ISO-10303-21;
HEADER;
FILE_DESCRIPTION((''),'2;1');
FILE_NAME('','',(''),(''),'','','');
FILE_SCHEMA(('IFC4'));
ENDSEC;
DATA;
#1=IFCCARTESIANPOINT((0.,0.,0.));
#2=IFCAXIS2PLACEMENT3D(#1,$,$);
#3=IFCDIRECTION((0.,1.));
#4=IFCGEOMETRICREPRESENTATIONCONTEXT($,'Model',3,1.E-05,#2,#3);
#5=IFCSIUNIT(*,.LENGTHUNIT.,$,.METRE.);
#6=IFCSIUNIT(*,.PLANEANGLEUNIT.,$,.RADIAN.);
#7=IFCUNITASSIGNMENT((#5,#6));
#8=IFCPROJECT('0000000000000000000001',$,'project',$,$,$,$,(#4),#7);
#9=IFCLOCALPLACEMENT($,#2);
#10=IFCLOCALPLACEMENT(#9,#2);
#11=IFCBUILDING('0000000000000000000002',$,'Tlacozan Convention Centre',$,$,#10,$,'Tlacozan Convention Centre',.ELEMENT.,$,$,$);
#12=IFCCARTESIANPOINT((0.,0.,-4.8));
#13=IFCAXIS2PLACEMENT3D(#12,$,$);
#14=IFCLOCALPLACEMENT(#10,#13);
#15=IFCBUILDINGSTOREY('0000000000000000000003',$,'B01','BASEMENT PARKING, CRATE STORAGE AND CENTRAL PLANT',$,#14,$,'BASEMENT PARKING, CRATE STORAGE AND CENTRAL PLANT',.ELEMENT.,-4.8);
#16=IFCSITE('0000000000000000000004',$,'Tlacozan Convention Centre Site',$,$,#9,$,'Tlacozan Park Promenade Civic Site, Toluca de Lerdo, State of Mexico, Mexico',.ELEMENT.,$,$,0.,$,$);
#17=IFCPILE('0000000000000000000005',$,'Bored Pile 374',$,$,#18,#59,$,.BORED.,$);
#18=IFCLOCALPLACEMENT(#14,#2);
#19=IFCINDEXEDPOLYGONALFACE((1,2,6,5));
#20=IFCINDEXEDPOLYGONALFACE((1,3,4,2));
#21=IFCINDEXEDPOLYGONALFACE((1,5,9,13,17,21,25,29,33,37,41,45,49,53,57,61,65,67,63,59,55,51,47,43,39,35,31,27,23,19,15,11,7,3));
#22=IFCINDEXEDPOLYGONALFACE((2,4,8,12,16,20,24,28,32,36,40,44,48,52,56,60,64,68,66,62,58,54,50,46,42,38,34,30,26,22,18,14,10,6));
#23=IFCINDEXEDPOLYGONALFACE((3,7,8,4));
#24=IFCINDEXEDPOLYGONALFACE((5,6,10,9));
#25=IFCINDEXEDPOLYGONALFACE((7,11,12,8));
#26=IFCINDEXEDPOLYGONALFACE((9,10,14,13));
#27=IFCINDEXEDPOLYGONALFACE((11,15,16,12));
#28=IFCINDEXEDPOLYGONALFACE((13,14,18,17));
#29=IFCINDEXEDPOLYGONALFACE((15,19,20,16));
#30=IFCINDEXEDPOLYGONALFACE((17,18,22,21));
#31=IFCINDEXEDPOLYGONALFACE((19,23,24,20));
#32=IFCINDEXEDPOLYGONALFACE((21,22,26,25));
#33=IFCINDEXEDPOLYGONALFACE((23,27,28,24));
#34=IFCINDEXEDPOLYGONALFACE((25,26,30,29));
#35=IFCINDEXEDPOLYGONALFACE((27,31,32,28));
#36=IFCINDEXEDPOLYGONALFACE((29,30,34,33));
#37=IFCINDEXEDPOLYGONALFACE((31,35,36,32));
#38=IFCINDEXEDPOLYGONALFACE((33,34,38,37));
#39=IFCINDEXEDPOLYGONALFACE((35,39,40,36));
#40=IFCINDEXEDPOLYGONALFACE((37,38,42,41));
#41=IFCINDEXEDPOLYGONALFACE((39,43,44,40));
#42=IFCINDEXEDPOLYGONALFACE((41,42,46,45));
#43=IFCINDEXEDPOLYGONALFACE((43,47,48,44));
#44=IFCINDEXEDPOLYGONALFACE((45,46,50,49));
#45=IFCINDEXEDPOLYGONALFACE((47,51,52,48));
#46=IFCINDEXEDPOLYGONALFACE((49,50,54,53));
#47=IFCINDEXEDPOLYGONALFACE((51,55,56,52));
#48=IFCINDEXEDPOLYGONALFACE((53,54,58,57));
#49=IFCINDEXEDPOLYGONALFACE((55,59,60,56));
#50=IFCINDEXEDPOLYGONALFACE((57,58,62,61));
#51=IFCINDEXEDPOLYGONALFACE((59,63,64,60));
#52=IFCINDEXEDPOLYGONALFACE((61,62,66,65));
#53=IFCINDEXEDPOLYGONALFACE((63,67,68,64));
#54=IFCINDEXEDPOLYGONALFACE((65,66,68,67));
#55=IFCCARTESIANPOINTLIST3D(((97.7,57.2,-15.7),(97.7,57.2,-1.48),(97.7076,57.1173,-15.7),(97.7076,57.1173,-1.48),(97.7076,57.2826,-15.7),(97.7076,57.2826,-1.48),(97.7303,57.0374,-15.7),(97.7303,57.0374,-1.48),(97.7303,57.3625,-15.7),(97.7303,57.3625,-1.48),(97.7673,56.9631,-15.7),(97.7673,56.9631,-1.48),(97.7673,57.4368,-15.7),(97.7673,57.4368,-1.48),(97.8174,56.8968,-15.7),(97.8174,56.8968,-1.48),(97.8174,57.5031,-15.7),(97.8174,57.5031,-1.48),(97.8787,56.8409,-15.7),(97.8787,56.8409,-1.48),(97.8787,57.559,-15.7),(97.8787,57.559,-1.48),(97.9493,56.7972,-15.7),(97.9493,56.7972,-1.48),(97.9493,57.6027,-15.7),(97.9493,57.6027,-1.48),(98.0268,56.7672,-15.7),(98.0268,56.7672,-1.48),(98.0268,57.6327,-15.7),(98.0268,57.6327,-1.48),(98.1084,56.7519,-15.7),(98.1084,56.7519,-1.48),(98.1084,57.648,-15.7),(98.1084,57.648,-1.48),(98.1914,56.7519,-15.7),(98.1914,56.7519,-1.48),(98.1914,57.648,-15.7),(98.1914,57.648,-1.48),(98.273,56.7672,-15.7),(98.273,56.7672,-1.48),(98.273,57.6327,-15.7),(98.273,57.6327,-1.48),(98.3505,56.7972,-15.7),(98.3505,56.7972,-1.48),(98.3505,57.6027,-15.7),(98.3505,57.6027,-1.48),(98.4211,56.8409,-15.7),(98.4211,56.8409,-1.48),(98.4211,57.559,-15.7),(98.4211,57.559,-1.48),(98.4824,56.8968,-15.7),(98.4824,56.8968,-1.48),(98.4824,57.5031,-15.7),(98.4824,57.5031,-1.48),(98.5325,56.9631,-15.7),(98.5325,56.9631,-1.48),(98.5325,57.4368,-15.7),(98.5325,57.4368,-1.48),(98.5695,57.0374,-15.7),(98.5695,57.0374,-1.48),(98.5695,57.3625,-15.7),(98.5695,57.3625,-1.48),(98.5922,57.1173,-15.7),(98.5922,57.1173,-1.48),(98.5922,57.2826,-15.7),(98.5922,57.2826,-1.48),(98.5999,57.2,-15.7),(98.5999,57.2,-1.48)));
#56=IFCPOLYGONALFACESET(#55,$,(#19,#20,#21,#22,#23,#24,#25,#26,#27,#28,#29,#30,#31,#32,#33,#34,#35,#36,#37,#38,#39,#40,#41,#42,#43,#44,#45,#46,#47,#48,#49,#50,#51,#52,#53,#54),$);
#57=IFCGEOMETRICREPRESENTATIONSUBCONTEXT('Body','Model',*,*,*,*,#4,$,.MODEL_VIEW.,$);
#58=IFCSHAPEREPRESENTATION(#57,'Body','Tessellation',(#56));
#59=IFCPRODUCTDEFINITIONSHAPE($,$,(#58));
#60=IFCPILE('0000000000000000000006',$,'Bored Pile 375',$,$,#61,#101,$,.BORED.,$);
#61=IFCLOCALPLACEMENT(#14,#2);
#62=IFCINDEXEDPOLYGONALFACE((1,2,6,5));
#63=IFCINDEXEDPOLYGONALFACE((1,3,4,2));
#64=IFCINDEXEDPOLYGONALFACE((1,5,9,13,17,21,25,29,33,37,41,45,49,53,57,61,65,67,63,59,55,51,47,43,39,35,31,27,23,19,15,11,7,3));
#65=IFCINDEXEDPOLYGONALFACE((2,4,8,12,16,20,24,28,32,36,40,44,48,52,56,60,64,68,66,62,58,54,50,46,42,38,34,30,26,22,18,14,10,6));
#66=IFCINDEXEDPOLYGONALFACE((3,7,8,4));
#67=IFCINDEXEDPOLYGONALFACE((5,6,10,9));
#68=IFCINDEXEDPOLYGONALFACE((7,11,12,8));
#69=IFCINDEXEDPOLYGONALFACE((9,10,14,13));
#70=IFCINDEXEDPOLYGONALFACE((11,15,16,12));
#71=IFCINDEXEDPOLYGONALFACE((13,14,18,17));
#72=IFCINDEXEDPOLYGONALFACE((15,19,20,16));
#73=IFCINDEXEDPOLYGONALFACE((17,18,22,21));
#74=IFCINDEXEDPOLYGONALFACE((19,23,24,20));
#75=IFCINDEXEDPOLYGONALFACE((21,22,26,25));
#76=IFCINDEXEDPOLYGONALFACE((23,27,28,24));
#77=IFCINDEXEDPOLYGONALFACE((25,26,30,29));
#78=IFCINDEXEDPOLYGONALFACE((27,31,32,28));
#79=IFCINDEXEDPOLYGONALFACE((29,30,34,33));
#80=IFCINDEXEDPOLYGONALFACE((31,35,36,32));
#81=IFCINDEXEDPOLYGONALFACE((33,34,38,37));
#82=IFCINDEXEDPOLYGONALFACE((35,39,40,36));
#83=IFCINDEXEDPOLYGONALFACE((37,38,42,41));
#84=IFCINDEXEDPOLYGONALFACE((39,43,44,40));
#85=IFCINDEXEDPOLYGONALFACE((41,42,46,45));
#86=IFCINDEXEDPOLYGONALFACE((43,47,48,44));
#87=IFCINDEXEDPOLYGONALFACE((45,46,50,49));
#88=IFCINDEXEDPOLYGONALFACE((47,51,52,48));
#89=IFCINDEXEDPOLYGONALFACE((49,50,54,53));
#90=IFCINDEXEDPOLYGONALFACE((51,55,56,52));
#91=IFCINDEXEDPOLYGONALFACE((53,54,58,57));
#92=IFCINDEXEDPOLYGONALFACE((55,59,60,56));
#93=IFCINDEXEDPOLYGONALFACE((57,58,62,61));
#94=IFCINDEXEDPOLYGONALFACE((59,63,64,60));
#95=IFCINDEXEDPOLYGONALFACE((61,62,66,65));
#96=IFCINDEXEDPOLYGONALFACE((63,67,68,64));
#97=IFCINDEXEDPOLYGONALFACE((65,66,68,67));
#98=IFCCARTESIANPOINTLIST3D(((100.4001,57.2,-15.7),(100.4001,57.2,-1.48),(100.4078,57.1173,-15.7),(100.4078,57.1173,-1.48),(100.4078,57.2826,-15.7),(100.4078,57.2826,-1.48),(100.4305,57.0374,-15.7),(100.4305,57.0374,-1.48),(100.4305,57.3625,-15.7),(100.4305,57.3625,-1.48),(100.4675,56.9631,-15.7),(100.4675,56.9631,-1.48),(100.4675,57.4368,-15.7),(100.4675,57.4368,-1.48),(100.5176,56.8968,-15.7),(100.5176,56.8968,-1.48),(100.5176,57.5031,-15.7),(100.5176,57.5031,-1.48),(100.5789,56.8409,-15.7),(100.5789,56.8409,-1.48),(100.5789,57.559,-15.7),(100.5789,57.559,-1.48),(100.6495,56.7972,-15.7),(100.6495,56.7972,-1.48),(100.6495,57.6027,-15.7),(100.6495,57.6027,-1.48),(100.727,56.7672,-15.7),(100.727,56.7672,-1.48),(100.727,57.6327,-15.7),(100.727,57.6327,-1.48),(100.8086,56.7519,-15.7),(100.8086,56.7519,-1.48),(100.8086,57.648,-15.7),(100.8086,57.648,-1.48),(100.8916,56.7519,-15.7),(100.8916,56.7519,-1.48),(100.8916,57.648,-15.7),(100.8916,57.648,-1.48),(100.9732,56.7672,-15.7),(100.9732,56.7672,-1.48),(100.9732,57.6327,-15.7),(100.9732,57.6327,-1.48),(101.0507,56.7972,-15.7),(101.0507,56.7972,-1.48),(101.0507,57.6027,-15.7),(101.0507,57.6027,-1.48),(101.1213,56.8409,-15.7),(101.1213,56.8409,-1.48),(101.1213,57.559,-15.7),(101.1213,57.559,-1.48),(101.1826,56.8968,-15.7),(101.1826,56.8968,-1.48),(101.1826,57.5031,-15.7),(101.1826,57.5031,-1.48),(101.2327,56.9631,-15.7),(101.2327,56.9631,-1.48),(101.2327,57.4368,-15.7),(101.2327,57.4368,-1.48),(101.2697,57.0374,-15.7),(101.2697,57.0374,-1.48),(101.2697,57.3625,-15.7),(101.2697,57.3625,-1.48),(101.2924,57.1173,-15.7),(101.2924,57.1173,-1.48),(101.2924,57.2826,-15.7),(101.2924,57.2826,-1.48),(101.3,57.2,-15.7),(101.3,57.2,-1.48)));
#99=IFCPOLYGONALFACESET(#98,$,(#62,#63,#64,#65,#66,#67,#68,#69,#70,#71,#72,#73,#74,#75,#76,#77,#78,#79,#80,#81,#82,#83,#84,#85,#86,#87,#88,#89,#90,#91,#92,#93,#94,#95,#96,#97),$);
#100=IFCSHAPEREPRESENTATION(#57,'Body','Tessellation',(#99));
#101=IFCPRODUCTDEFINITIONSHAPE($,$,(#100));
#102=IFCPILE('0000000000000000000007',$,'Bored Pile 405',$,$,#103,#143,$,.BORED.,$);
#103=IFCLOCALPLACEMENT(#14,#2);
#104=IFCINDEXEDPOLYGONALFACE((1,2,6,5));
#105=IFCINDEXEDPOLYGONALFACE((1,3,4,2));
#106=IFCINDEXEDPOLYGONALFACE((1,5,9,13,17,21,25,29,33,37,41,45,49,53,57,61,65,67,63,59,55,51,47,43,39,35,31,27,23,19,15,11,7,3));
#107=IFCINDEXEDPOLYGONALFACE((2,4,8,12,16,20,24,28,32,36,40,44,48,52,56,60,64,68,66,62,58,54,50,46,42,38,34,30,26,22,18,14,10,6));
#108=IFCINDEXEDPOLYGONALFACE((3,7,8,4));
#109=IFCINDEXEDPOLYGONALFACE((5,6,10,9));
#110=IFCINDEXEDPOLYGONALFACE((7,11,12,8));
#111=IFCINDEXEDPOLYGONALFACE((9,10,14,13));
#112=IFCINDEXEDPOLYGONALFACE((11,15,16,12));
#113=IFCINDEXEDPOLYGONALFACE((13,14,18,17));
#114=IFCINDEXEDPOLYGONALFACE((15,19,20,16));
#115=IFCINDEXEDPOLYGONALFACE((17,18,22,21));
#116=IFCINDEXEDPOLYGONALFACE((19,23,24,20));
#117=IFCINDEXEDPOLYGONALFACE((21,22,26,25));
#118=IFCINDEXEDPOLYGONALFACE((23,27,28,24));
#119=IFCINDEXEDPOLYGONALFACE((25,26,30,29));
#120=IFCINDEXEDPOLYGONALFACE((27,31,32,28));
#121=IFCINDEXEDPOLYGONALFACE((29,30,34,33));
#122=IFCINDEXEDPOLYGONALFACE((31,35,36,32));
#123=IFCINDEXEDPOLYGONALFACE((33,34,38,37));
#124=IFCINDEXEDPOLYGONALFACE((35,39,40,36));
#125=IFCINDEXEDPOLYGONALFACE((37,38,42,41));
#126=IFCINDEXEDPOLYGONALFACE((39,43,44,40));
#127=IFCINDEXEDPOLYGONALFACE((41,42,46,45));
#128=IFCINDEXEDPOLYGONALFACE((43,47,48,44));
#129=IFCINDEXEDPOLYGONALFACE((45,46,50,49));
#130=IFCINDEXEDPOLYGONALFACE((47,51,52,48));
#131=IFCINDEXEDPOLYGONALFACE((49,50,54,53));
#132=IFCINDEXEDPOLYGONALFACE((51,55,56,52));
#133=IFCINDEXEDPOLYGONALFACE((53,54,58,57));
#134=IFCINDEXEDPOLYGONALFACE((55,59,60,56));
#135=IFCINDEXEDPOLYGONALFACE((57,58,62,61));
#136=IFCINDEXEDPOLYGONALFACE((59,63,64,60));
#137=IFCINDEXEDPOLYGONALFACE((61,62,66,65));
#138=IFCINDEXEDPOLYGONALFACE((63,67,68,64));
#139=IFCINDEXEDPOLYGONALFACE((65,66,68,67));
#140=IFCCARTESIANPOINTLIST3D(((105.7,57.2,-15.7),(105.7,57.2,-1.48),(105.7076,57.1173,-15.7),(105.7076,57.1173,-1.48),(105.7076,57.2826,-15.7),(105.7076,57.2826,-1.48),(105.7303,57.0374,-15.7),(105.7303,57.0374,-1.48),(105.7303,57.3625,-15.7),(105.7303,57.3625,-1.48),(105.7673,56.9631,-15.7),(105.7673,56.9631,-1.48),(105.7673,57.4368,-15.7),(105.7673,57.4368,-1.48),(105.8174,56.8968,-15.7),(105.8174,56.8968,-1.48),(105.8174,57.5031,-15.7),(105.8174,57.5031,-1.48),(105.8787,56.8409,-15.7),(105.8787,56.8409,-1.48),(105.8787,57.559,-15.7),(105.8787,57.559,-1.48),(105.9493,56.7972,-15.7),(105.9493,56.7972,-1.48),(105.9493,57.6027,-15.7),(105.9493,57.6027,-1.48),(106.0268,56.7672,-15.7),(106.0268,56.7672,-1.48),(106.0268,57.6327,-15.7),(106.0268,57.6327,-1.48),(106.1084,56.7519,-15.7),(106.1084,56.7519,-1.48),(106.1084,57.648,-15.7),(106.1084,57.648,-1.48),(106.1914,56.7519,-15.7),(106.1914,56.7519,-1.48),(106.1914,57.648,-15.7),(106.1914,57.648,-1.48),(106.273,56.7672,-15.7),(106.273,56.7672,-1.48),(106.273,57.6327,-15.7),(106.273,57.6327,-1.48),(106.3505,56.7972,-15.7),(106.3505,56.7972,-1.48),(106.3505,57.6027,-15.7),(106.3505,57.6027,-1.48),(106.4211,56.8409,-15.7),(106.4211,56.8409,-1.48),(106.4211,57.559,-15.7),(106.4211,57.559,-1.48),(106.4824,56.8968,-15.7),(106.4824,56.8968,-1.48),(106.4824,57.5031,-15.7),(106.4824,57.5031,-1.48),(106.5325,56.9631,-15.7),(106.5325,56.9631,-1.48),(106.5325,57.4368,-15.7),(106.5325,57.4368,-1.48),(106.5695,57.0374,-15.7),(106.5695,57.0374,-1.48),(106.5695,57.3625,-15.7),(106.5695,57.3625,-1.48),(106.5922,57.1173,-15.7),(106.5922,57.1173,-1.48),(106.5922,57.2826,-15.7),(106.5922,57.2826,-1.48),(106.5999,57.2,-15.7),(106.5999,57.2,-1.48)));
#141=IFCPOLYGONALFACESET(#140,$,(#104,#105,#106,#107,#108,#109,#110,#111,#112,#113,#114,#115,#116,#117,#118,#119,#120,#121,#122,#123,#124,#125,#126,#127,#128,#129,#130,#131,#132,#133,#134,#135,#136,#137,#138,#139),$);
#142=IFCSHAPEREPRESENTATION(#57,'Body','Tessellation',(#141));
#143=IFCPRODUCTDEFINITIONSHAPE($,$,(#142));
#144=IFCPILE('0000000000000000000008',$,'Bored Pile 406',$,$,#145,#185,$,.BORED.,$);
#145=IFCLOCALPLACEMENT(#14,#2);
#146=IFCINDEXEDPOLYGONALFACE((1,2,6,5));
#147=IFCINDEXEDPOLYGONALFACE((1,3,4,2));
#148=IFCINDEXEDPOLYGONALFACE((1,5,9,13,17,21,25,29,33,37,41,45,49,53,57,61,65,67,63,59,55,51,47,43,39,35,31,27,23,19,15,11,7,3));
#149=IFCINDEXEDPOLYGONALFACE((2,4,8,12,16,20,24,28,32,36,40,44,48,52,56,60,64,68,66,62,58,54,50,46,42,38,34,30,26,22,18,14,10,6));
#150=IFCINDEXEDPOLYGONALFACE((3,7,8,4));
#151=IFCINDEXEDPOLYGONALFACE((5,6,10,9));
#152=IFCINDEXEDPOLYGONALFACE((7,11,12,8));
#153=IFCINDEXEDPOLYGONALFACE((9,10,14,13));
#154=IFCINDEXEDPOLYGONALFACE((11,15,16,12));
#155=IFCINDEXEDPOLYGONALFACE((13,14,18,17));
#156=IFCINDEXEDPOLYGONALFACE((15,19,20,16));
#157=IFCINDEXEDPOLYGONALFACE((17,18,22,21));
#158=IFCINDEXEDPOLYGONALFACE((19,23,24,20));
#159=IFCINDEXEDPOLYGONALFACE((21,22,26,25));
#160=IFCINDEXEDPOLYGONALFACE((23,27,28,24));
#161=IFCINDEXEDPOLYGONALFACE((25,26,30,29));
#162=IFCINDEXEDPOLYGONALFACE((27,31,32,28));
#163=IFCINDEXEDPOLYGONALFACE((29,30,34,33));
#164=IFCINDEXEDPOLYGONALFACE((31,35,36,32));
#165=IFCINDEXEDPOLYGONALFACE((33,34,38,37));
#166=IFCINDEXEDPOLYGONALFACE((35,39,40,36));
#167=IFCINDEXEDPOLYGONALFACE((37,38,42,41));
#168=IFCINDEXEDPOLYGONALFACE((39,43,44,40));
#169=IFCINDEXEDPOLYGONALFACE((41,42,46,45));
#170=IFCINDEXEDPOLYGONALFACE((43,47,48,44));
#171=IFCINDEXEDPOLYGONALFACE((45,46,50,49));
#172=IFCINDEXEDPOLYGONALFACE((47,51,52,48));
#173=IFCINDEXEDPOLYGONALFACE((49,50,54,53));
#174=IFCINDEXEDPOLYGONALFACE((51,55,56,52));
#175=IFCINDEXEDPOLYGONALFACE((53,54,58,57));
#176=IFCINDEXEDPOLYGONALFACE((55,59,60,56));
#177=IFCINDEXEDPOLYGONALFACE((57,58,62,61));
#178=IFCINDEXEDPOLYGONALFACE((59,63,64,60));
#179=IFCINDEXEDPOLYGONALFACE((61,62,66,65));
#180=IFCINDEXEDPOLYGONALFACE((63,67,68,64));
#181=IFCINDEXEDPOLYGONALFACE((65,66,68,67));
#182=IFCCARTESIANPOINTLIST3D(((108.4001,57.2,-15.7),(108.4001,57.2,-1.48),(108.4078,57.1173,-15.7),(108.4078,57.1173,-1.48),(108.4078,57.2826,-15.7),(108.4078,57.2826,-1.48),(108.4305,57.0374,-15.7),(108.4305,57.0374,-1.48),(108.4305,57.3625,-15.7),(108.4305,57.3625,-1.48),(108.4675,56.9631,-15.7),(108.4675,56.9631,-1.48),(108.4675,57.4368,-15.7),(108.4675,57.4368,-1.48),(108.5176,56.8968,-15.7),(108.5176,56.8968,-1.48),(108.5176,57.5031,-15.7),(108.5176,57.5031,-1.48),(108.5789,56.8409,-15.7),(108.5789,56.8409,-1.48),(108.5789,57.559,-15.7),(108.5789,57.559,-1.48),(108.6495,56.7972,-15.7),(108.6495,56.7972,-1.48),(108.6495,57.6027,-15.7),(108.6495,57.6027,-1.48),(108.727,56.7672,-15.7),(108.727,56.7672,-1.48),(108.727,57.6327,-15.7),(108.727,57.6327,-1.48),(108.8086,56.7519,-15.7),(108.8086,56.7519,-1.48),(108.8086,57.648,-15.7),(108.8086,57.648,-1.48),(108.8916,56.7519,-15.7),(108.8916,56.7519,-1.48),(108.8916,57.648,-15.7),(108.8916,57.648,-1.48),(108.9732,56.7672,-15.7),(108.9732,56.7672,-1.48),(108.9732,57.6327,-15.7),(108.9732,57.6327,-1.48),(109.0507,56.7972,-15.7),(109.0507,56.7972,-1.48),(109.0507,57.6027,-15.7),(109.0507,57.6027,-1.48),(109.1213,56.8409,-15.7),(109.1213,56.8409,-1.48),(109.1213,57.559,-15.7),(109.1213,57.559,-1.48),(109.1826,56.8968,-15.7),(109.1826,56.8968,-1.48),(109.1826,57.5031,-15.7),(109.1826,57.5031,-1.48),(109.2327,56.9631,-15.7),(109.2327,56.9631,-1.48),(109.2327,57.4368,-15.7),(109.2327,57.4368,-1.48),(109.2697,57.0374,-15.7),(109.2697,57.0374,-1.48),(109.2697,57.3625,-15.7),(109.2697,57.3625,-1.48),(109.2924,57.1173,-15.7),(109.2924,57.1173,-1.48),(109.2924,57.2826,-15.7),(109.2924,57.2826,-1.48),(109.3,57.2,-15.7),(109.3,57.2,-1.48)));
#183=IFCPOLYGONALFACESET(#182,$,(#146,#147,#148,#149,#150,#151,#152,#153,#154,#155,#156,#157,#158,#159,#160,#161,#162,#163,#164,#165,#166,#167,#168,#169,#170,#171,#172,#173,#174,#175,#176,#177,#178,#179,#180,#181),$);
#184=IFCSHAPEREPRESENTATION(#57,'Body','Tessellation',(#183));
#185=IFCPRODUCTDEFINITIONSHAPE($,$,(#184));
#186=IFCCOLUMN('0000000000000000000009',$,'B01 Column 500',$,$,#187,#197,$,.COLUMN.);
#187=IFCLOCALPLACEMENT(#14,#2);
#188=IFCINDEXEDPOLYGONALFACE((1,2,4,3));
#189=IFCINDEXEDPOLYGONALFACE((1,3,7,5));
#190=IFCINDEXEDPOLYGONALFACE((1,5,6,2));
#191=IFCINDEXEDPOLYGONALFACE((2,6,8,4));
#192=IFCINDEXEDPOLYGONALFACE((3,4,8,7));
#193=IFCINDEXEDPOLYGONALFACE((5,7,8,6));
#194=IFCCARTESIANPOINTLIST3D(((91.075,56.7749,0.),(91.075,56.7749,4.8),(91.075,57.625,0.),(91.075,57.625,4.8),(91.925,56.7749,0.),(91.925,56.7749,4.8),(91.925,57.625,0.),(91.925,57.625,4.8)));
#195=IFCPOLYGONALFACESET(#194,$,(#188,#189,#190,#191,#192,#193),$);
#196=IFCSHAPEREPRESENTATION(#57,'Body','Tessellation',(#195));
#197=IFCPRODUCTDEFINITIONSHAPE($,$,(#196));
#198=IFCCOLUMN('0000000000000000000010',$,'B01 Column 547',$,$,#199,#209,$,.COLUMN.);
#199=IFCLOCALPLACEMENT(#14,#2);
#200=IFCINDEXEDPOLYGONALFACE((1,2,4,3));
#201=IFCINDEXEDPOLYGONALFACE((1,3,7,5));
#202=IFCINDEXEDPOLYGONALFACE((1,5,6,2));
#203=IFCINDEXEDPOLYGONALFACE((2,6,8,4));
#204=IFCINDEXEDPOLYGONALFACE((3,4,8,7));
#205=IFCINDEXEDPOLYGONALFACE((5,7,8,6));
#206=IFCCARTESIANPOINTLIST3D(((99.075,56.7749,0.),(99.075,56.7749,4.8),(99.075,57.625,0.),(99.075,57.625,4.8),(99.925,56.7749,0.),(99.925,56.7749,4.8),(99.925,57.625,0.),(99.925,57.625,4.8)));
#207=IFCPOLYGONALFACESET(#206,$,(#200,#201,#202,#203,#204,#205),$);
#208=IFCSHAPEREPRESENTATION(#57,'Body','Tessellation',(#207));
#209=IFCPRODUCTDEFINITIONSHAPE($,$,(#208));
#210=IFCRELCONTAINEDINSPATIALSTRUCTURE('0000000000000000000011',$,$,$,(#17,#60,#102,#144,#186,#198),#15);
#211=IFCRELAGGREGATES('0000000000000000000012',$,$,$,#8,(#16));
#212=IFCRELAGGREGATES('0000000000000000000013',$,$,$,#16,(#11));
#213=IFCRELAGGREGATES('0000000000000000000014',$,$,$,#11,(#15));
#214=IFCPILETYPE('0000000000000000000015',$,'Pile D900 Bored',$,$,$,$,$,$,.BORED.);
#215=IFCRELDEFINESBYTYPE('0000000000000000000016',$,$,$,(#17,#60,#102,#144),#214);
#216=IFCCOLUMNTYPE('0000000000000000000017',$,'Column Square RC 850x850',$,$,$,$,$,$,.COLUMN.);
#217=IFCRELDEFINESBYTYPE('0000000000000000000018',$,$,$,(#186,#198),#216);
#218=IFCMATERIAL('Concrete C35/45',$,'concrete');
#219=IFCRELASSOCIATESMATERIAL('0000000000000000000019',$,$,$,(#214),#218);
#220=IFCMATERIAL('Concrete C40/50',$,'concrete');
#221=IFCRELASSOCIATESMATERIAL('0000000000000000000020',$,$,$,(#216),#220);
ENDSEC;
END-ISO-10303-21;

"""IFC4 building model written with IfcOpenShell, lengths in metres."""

from ifc_helpers import new_model, si_unit, direction, frame, origin, origin_2d, place, context, subcontext, project, spatial, rectangle, circle, extrude, material, material_profile, profile_set, type_object, element, save


model = new_model("IFC4")

# Units and contexts
model_context = context("Model", 3, precision=1e-05, world=origin(), true_north=direction((0.0, 1.0)))
body_context = subcontext(model_context, "Body", "Model", "MODEL_VIEW")
ifc_project = project(units=[si_unit("LENGTHUNIT", "METRE"), si_unit("PLANEANGLEUNIT", "RADIAN")], contexts=[model_context])

# Site, building, storey
site_placement = place(None, origin())
site = spatial("IfcSite", under=ifc_project, at=site_placement, Name="Tlacozan Convention Centre Site", LongName="Tlacozan Park Promenade Civic Site, Toluca de Lerdo, State of Mexico, Mexico", CompositionType="ELEMENT", RefElevation=0.0)
building_placement = place(site_placement, origin())
building = spatial("IfcBuilding", under=site, at=building_placement, Name="Tlacozan Convention Centre", LongName="Tlacozan Convention Centre", CompositionType="ELEMENT")
storey_placement = place(building_placement, frame((0.0, 0.0, -4.8)))
storey = spatial("IfcBuildingStorey", under=building, at=storey_placement, Name="B01", Description="BASEMENT PARKING, CRATE STORAGE AND CENTRAL PLANT", LongName="BASEMENT PARKING, CRATE STORAGE AND CENTRAL PLANT", CompositionType="ELEMENT", Elevation=-4.8)

# Shared definitions
ifc_material_1 = material(Name="Concrete C35/45", Category="concrete")

# Piles
ifc_material_profile_1 = material_profile(ifc_material_1, circle(Radius=0.45, at=origin_2d()), Name="PILE D900")
ifc_profile_set_1 = profile_set([ifc_material_profile_1], Name="Concrete C35/45")
pile_type_1 = type_object("IfcPileType", Name="Pile D900 Bored", PredefinedType="BORED", material=ifc_profile_set_1)
for number, where, z_axis, x_axis, name in (
    (1, (98.1499, 57.2, -1.48), (0.0, 0.0, -1.0), (1.0, 0.0, 0.0), "Bored Pile 374"),
    (2, (100.8501, 57.2, -1.48), (0.0, 0.0, -1.0), (1.0, 0.0, 0.0), "Bored Pile 375"),
    (3, (106.1499, 57.2, -1.48), (0.0, 0.0, -1.0), (1.0, 0.0, 0.0), "Bored Pile 405"),
    (4, (108.8501, 57.2, -1.48), (0.0, 0.0, -1.0), (1.0, 0.0, 0.0), "Bored Pile 406"),
):
    element("IfcPile", number, at=place(storey_placement, frame(where, z_axis=z_axis, x_axis=x_axis)), inside=storey, type_object=pile_type_1, Name=name, PredefinedType="BORED", context=body_context, shape_type="SweptSolid", body=[
        extrude(circle(Radius=0.45, at=origin_2d()), origin(), (0.0, 0.0, 1.0), 14.22),
    ])

# Columns
ifc_material_2 = material(Name="Concrete C40/50", Category="concrete")
ifc_material_profile_2 = material_profile(ifc_material_2, rectangle(XDim=0.8501, YDim=0.8501, at=origin_2d()), Name="RC 850x850")
ifc_profile_set_2 = profile_set([ifc_material_profile_2], Name="Concrete C40/50")
column_type = type_object("IfcColumnType", Name="Column Square RC 850x850", PredefinedType="COLUMN", material=ifc_profile_set_2)
for number, where, z_axis, x_axis, name in (
    (5, (91.5, 57.2, 0.0), (0.0, 0.0, 1.0), (1.0, 0.0, 0.0), "B01 Column 500"),
    (6, (99.5, 57.2, 0.0), (0.0, 0.0, 1.0), (1.0, 0.0, 0.0), "B01 Column 547"),
):
    element("IfcColumn", number, at=place(storey_placement, frame(where, z_axis=z_axis, x_axis=x_axis)), inside=storey, type_object=column_type, Name=name, PredefinedType="COLUMN", context=body_context, shape_type="SweptSolid", body=[
        extrude(rectangle(XDim=0.8501, YDim=0.8501, at=origin_2d()), origin(), (0.0, 0.0, 1.0), 4.8),
    ])

save(model, "model.ifc")
